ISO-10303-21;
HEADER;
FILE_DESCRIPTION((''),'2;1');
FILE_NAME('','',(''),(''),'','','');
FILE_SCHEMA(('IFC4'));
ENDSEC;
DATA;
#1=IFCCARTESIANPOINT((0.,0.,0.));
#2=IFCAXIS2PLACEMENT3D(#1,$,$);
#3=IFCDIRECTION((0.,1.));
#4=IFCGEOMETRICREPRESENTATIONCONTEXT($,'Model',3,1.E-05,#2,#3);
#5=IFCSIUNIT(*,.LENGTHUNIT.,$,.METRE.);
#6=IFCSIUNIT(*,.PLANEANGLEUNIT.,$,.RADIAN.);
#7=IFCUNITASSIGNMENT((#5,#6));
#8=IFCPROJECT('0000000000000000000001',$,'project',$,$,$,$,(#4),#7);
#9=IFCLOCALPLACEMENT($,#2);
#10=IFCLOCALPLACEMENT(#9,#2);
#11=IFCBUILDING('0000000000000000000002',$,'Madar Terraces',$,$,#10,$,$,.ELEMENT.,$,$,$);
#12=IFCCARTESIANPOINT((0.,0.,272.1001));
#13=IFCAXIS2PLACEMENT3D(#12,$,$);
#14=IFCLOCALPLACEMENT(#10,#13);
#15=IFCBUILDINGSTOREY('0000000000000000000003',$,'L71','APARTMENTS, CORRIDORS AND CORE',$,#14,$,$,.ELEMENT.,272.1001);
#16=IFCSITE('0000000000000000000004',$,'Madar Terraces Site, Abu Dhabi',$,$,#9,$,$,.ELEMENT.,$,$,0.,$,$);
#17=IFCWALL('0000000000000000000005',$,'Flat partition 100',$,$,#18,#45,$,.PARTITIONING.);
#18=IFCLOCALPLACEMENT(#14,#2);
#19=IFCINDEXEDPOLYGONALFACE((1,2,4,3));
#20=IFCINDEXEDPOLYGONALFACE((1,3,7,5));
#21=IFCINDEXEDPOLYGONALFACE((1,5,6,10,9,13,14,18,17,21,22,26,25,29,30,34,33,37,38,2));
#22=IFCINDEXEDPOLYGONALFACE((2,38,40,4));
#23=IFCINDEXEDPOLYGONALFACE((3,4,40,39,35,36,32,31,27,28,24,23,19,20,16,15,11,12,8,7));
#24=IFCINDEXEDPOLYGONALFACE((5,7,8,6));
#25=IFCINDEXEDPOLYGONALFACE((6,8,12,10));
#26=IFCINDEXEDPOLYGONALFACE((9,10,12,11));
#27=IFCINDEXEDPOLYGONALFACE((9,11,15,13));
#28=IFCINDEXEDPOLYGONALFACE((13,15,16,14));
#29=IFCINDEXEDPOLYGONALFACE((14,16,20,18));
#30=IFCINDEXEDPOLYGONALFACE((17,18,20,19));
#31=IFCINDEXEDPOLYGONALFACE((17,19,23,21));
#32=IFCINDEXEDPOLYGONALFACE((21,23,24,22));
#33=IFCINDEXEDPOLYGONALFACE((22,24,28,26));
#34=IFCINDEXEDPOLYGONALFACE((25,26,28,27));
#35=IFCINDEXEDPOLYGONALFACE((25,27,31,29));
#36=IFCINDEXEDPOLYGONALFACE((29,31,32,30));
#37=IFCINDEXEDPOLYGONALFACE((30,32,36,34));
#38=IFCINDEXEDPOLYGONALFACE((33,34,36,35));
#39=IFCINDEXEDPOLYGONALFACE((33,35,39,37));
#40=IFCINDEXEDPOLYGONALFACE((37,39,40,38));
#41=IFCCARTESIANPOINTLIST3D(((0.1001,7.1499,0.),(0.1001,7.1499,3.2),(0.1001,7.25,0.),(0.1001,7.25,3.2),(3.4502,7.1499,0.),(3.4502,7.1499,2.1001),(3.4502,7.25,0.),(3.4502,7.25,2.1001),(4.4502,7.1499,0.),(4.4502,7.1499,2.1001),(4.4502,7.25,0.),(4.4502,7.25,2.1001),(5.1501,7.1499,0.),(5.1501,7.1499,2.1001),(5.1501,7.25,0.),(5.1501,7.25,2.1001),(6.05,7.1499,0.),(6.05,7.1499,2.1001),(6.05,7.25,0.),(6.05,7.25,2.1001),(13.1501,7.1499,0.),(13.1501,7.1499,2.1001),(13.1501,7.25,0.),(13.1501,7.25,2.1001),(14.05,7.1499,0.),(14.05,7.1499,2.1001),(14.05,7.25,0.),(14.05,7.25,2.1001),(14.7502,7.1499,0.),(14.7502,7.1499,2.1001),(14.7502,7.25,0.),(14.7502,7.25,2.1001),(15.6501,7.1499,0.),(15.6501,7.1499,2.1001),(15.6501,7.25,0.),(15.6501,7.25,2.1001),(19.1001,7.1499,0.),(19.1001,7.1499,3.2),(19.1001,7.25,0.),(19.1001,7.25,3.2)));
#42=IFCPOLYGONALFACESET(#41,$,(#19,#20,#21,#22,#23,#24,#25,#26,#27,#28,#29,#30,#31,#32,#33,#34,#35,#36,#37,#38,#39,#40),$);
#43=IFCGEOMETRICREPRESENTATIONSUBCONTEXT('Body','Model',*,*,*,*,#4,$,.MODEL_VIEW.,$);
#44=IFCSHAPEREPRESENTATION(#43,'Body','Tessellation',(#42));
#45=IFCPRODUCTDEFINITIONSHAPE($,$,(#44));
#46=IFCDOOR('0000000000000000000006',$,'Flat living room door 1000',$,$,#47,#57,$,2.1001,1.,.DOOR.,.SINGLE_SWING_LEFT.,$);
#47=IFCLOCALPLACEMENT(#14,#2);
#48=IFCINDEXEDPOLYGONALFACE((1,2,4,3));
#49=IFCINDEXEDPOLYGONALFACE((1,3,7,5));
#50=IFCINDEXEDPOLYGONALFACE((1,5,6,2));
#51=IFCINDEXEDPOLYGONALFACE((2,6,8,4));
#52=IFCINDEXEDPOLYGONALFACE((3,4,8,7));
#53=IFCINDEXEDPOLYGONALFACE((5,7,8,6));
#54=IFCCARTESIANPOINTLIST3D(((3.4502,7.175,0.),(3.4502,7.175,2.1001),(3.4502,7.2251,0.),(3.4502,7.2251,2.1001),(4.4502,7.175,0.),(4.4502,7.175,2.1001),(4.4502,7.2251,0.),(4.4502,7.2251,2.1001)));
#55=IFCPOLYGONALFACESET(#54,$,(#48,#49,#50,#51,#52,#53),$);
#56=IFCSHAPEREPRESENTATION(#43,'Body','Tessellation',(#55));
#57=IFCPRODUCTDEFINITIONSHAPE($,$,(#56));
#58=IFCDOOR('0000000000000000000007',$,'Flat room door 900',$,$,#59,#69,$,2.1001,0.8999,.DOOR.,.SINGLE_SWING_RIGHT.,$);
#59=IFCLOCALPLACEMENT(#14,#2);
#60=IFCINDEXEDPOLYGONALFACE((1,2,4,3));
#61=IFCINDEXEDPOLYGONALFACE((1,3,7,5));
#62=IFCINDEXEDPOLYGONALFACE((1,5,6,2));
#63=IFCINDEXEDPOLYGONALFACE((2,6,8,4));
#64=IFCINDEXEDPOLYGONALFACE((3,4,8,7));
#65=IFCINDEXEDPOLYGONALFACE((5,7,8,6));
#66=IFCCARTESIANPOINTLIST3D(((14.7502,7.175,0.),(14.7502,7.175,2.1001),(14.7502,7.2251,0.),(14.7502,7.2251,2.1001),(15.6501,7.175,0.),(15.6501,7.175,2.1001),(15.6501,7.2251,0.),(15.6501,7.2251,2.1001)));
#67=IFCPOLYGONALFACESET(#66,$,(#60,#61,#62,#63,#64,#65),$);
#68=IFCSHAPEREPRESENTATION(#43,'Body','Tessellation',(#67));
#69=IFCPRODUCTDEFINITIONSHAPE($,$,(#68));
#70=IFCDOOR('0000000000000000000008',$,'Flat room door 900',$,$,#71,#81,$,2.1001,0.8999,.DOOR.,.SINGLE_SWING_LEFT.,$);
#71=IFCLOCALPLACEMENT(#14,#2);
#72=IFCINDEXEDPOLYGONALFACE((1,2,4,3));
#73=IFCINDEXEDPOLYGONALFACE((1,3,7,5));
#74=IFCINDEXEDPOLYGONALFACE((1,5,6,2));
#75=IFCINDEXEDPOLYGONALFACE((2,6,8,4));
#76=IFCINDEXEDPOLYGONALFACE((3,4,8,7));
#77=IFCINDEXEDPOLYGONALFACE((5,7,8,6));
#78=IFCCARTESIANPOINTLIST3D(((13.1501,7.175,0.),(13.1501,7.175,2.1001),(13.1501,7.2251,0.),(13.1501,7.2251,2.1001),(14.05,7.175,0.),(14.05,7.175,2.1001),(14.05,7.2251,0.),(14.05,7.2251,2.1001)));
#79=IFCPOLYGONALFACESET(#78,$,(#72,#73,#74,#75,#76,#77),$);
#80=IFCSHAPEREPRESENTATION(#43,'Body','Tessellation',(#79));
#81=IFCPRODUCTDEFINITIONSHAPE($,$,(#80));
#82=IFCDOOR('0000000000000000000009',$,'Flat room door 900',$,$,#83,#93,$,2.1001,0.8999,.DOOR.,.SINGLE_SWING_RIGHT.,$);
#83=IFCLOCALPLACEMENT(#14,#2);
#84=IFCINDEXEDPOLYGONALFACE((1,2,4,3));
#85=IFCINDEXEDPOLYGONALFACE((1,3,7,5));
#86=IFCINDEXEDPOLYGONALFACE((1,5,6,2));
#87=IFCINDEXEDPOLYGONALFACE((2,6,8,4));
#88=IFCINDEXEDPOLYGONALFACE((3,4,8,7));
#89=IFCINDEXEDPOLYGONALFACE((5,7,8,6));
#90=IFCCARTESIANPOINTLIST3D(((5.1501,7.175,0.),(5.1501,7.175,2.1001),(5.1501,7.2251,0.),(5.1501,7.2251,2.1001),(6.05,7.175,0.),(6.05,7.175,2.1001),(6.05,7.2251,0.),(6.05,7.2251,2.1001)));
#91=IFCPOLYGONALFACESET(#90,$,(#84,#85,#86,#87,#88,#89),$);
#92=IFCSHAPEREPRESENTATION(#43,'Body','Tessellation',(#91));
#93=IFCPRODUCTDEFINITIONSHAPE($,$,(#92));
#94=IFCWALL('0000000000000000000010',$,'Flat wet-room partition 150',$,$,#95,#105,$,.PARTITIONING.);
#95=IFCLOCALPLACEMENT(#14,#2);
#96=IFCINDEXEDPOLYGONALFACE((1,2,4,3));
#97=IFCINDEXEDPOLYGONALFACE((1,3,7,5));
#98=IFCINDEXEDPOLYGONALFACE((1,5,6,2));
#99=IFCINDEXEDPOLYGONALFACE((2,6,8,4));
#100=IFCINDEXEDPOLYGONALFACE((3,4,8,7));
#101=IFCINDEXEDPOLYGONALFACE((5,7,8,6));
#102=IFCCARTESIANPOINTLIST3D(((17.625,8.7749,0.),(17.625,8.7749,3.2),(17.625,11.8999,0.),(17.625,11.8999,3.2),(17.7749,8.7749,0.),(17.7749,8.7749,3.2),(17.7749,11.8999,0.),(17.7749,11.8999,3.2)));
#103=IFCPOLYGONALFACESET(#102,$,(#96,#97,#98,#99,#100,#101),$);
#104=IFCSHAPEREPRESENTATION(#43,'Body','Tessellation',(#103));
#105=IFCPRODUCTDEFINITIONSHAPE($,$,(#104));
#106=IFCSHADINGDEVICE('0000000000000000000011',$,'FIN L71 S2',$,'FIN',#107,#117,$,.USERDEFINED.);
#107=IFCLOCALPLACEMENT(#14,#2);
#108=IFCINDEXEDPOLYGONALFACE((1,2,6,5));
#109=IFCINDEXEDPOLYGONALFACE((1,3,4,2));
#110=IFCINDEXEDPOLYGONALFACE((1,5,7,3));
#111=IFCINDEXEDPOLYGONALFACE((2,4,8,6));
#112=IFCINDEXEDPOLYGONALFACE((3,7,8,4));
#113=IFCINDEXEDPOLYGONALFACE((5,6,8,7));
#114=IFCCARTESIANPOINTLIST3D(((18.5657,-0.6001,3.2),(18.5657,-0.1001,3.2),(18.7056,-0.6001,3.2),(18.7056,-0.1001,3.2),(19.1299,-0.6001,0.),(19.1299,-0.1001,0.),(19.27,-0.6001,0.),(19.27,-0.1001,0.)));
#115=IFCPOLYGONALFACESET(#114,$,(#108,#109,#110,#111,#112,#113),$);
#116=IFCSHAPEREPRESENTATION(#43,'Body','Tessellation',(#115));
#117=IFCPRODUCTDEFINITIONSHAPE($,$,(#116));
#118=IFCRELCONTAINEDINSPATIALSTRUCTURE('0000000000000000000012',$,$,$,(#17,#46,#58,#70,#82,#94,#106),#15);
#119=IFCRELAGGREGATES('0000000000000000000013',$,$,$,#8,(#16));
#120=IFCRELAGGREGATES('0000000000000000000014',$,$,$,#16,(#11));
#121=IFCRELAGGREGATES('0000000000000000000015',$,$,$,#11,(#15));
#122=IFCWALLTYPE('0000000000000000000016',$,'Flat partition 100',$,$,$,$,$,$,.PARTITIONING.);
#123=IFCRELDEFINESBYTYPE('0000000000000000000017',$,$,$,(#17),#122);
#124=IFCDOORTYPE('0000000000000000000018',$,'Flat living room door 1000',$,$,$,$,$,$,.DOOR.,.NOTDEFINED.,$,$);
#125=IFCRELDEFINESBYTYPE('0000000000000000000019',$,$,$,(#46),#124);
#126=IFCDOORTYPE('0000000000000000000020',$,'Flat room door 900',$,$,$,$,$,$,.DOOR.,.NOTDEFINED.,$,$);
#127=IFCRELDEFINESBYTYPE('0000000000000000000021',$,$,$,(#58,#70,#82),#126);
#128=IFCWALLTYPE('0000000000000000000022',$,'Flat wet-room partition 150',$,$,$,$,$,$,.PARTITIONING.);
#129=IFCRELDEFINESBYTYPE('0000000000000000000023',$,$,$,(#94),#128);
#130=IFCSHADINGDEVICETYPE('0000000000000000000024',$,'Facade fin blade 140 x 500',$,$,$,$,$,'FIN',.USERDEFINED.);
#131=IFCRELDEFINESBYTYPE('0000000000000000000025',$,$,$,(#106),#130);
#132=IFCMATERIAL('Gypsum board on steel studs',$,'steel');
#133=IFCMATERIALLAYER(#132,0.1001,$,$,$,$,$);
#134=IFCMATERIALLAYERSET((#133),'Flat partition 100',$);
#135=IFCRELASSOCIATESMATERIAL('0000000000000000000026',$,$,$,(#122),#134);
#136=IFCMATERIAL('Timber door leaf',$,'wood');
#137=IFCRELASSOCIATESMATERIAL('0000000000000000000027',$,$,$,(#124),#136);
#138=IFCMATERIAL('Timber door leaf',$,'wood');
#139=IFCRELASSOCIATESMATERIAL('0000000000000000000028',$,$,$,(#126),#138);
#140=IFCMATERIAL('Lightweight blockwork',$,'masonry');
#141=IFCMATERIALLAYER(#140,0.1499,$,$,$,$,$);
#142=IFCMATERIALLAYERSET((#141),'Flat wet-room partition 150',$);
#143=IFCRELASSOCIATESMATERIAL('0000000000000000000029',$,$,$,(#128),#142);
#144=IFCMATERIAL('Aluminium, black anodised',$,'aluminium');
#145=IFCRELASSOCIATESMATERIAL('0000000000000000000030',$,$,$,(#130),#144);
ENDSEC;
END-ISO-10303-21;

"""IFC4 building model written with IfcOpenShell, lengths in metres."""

from ifc_helpers import new_model, si_unit, direction, frame, frame_2d, origin, place, context, subcontext, project, spatial, polyline, rectangle, outline, extrude, material, layer, layer_set, type_object, element, fill, save


model = new_model("IFC4")

# Units and contexts
model_context = context("Model", 3, precision=1e-05, world=origin(), true_north=direction((0.0, 1.0)))
body_context = subcontext(model_context, "Body", "Model", "MODEL_VIEW")
ifc_project = project(units=[si_unit("LENGTHUNIT", "METRE"), si_unit("PLANEANGLEUNIT", "RADIAN")], contexts=[model_context])

# Site, building, storey
site_placement = place(None, origin())
site = spatial("IfcSite", under=ifc_project, at=site_placement, Name="Madar Terraces Site, Abu Dhabi", CompositionType="ELEMENT", RefElevation=0.0)
building_placement = place(site_placement, origin())
building = spatial("IfcBuilding", under=site, at=building_placement, Name="Madar Terraces", CompositionType="ELEMENT")
storey_placement = place(building_placement, frame((0.0, 0.0, 272.1001)))
storey = spatial("IfcBuildingStorey", under=building, at=storey_placement, Name="L71", Description="APARTMENTS, CORRIDORS AND CORE", CompositionType="ELEMENT", Elevation=272.1001)

# Shared definitions
ifc_material_1 = material(Name="Gypsum board on steel studs", Category="steel")
ifc_layer_1 = layer(ifc_material_1, 0.1001)
ifc_layer_set_1 = layer_set([ifc_layer_1], Name="Flat partition 100")
wall_type_1 = type_object("IfcWallType", Name="Flat partition 100", PredefinedType="PARTITIONING", material=ifc_layer_set_1)

# Wall, openings, doors
wall_1_placement = place(storey_placement, frame((19.1001, 7.2, 0.0), z_axis=(0.0, 0.0, 1.0), x_axis=(-1.0, 0.0, 0.0)))
wall_1 = element("IfcWall", 1, at=wall_1_placement, inside=storey, type_object=wall_type_1, Name="Flat partition 100", PredefinedType="PARTITIONING", context=body_context, shape_type="SweptSolid", body=[
    extrude(rectangle(XDim=19.0, YDim=0.1001, at=frame_2d((9.5, 0.0))), origin(), (0.0, 0.0, 1.0), 3.2),
])
opening_1_placement = place(wall_1_placement, frame((3.45, 0.0, 0.0)))
opening_1 = element("IfcOpeningElement", 2, at=opening_1_placement, cuts=wall_1, PredefinedType="OPENING", context=body_context, shape_type="SweptSolid", body=[
    extrude(rectangle(XDim=0.8999, YDim=2.1001, at=frame_2d((0.45, 1.05))), frame((0.0, 0.0601, 0.0), z_axis=(0.0, -1.0, 0.0), x_axis=(1.0, 0.0, 0.0)), (0.0, 0.0, 1.0), 0.1201),
])
opening_2_placement = place(wall_1_placement, frame((5.05, 0.0, 0.0)))
opening_2 = element("IfcOpeningElement", 3, at=opening_2_placement, cuts=wall_1, PredefinedType="OPENING", context=body_context, shape_type="SweptSolid", body=[
    extrude(rectangle(XDim=0.8999, YDim=2.1001, at=frame_2d((0.45, 1.05))), frame((0.0, 0.0601, 0.0), z_axis=(0.0, -1.0, 0.0), x_axis=(1.0, 0.0, 0.0)), (0.0, 0.0, 1.0), 0.1201),
])
opening_3_placement = place(wall_1_placement, frame((13.05, 0.0, 0.0)))
opening_3 = element("IfcOpeningElement", 4, at=opening_3_placement, cuts=wall_1, PredefinedType="OPENING", context=body_context, shape_type="SweptSolid", body=[
    extrude(rectangle(XDim=0.8999, YDim=2.1001, at=frame_2d((0.45, 1.05))), frame((0.0, 0.0601, 0.0), z_axis=(0.0, -1.0, 0.0), x_axis=(1.0, 0.0, 0.0)), (0.0, 0.0, 1.0), 0.1201),
])
opening_4_placement = place(wall_1_placement, frame((14.6499, 0.0, 0.0)))
opening_4 = element("IfcOpeningElement", 5, at=opening_4_placement, cuts=wall_1, PredefinedType="OPENING", context=body_context, shape_type="SweptSolid", body=[
    extrude(rectangle(XDim=1.0, YDim=2.1001, at=frame_2d((0.5, 1.05))), frame((0.0, 0.0601, 0.0), z_axis=(0.0, -1.0, 0.0), x_axis=(1.0, 0.0, 0.0)), (0.0, 0.0, 1.0), 0.1201),
])
ifc_material_2 = material(Name="Timber door leaf", Category="wood")
door_type_1 = type_object("IfcDoorType", Name="Flat living room door 1000", OperationType="NOTDEFINED", PredefinedType="DOOR", material=ifc_material_2)
door_1_placement = place(opening_4_placement, origin())
door_1 = element("IfcDoor", 6, at=door_1_placement, inside=storey, type_object=door_type_1, Name="Flat living room door 1000", OperationType="SINGLE_SWING_LEFT", OverallHeight=2.1001, OverallWidth=1.0, PredefinedType="DOOR", context=body_context, shape_type="SweptSolid", body=[
    extrude(rectangle(XDim=1.0, YDim=2.1001, at=frame_2d((0.5, 1.05))), frame((0.0, 0.0249, 0.0), z_axis=(0.0, -1.0, 0.0), x_axis=(1.0, 0.0, 0.0)), (0.0, 0.0, 1.0), 0.05),
])
fill(opening_4, door_1)
ifc_material_3 = material(Name="Timber door leaf", Category="wood")
door_type_2 = type_object("IfcDoorType", Name="Flat room door 900", OperationType="NOTDEFINED", PredefinedType="DOOR", material=ifc_material_3)
door_2_placement = place(opening_1_placement, origin())
door_2 = element("IfcDoor", 7, at=door_2_placement, inside=storey, type_object=door_type_2, Name="Flat room door 900", OperationType="SINGLE_SWING_RIGHT", OverallHeight=2.1001, OverallWidth=0.8999, PredefinedType="DOOR", context=body_context, shape_type="SweptSolid", body=[
    extrude(rectangle(XDim=0.8999, YDim=2.1001, at=frame_2d((0.45, 1.05))), frame((0.0, 0.0249, 0.0), z_axis=(0.0, -1.0, 0.0), x_axis=(1.0, 0.0, 0.0)), (0.0, 0.0, 1.0), 0.05),
])
fill(opening_1, door_2)
door_3_placement = place(opening_2_placement, origin())
door_3 = element("IfcDoor", 8, at=door_3_placement, inside=storey, type_object=door_type_2, Name="Flat room door 900", OperationType="SINGLE_SWING_LEFT", OverallHeight=2.1001, OverallWidth=0.8999, PredefinedType="DOOR", context=body_context, shape_type="SweptSolid", body=[
    extrude(rectangle(XDim=0.8999, YDim=2.1001, at=frame_2d((0.45, 1.05))), frame((0.0, 0.0249, 0.0), z_axis=(0.0, -1.0, 0.0), x_axis=(1.0, 0.0, 0.0)), (0.0, 0.0, 1.0), 0.05),
])
fill(opening_2, door_3)
door_4_placement = place(opening_3_placement, origin())
door_4 = element("IfcDoor", 9, at=door_4_placement, inside=storey, type_object=door_type_2, Name="Flat room door 900", OperationType="SINGLE_SWING_RIGHT", OverallHeight=2.1001, OverallWidth=0.8999, PredefinedType="DOOR", context=body_context, shape_type="SweptSolid", body=[
    extrude(rectangle(XDim=0.8999, YDim=2.1001, at=frame_2d((0.45, 1.05))), frame((0.0, 0.0249, 0.0), z_axis=(0.0, -1.0, 0.0), x_axis=(1.0, 0.0, 0.0)), (0.0, 0.0, 1.0), 0.05),
])
fill(opening_3, door_4)

# Wall
ifc_material_4 = material(Name="Lightweight blockwork", Category="masonry")
ifc_layer_2 = layer(ifc_material_4, 0.1499)
ifc_layer_set_2 = layer_set([ifc_layer_2], Name="Flat wet-room partition 150")
wall_type_2 = type_object("IfcWallType", Name="Flat wet-room partition 150", PredefinedType="PARTITIONING", material=ifc_layer_set_2)
wall_2_placement = place(storey_placement, frame((17.7, 11.8999, 0.0), z_axis=(0.0, 0.0, 1.0), x_axis=(0.0, -1.0, 0.0)))
element("IfcWall", 10, at=wall_2_placement, inside=storey, type_object=wall_type_2, Name="Flat wet-room partition 150", PredefinedType="PARTITIONING", context=body_context, shape_type="SweptSolid", body=[
    extrude(rectangle(XDim=3.125, YDim=0.1499, at=frame_2d((1.5625, 0.0))), origin(), (0.0, 0.0, 1.0), 3.2),
])

# Shading device
ifc_material_5 = material(Name="Aluminium, black anodised", Category="aluminium")
shading_device_type = type_object("IfcShadingDeviceType", Name="Facade fin blade 140 x 500", ElementType="FIN", PredefinedType="USERDEFINED", material=ifc_material_5)
shading_device_placement = place(storey_placement, frame((19.1299, -0.3501, 0.0), z_axis=(0.0, 0.0, 1.0), x_axis=(1.0, 0.0, 0.0)))
element("IfcShadingDevice", 11, at=shading_device_placement, inside=storey, type_object=shading_device_type, Name="FIN L71 S2", ObjectType="FIN", PredefinedType="USERDEFINED", context=body_context, shape_type="SweptSolid", body=[
    extrude(outline(polyline([(0.0, 0.0), (0.1401, 0.0), (-0.4243, 3.2), (-0.5642, 3.2), (0.0, 0.0)])), frame((0.0, 0.25, 0.0), z_axis=(0.0, -1.0, 0.0), x_axis=(1.0, 0.0, 0.0)), (0.0, 0.0, 1.0), 0.5),
])

save(model, "model.ifc")
